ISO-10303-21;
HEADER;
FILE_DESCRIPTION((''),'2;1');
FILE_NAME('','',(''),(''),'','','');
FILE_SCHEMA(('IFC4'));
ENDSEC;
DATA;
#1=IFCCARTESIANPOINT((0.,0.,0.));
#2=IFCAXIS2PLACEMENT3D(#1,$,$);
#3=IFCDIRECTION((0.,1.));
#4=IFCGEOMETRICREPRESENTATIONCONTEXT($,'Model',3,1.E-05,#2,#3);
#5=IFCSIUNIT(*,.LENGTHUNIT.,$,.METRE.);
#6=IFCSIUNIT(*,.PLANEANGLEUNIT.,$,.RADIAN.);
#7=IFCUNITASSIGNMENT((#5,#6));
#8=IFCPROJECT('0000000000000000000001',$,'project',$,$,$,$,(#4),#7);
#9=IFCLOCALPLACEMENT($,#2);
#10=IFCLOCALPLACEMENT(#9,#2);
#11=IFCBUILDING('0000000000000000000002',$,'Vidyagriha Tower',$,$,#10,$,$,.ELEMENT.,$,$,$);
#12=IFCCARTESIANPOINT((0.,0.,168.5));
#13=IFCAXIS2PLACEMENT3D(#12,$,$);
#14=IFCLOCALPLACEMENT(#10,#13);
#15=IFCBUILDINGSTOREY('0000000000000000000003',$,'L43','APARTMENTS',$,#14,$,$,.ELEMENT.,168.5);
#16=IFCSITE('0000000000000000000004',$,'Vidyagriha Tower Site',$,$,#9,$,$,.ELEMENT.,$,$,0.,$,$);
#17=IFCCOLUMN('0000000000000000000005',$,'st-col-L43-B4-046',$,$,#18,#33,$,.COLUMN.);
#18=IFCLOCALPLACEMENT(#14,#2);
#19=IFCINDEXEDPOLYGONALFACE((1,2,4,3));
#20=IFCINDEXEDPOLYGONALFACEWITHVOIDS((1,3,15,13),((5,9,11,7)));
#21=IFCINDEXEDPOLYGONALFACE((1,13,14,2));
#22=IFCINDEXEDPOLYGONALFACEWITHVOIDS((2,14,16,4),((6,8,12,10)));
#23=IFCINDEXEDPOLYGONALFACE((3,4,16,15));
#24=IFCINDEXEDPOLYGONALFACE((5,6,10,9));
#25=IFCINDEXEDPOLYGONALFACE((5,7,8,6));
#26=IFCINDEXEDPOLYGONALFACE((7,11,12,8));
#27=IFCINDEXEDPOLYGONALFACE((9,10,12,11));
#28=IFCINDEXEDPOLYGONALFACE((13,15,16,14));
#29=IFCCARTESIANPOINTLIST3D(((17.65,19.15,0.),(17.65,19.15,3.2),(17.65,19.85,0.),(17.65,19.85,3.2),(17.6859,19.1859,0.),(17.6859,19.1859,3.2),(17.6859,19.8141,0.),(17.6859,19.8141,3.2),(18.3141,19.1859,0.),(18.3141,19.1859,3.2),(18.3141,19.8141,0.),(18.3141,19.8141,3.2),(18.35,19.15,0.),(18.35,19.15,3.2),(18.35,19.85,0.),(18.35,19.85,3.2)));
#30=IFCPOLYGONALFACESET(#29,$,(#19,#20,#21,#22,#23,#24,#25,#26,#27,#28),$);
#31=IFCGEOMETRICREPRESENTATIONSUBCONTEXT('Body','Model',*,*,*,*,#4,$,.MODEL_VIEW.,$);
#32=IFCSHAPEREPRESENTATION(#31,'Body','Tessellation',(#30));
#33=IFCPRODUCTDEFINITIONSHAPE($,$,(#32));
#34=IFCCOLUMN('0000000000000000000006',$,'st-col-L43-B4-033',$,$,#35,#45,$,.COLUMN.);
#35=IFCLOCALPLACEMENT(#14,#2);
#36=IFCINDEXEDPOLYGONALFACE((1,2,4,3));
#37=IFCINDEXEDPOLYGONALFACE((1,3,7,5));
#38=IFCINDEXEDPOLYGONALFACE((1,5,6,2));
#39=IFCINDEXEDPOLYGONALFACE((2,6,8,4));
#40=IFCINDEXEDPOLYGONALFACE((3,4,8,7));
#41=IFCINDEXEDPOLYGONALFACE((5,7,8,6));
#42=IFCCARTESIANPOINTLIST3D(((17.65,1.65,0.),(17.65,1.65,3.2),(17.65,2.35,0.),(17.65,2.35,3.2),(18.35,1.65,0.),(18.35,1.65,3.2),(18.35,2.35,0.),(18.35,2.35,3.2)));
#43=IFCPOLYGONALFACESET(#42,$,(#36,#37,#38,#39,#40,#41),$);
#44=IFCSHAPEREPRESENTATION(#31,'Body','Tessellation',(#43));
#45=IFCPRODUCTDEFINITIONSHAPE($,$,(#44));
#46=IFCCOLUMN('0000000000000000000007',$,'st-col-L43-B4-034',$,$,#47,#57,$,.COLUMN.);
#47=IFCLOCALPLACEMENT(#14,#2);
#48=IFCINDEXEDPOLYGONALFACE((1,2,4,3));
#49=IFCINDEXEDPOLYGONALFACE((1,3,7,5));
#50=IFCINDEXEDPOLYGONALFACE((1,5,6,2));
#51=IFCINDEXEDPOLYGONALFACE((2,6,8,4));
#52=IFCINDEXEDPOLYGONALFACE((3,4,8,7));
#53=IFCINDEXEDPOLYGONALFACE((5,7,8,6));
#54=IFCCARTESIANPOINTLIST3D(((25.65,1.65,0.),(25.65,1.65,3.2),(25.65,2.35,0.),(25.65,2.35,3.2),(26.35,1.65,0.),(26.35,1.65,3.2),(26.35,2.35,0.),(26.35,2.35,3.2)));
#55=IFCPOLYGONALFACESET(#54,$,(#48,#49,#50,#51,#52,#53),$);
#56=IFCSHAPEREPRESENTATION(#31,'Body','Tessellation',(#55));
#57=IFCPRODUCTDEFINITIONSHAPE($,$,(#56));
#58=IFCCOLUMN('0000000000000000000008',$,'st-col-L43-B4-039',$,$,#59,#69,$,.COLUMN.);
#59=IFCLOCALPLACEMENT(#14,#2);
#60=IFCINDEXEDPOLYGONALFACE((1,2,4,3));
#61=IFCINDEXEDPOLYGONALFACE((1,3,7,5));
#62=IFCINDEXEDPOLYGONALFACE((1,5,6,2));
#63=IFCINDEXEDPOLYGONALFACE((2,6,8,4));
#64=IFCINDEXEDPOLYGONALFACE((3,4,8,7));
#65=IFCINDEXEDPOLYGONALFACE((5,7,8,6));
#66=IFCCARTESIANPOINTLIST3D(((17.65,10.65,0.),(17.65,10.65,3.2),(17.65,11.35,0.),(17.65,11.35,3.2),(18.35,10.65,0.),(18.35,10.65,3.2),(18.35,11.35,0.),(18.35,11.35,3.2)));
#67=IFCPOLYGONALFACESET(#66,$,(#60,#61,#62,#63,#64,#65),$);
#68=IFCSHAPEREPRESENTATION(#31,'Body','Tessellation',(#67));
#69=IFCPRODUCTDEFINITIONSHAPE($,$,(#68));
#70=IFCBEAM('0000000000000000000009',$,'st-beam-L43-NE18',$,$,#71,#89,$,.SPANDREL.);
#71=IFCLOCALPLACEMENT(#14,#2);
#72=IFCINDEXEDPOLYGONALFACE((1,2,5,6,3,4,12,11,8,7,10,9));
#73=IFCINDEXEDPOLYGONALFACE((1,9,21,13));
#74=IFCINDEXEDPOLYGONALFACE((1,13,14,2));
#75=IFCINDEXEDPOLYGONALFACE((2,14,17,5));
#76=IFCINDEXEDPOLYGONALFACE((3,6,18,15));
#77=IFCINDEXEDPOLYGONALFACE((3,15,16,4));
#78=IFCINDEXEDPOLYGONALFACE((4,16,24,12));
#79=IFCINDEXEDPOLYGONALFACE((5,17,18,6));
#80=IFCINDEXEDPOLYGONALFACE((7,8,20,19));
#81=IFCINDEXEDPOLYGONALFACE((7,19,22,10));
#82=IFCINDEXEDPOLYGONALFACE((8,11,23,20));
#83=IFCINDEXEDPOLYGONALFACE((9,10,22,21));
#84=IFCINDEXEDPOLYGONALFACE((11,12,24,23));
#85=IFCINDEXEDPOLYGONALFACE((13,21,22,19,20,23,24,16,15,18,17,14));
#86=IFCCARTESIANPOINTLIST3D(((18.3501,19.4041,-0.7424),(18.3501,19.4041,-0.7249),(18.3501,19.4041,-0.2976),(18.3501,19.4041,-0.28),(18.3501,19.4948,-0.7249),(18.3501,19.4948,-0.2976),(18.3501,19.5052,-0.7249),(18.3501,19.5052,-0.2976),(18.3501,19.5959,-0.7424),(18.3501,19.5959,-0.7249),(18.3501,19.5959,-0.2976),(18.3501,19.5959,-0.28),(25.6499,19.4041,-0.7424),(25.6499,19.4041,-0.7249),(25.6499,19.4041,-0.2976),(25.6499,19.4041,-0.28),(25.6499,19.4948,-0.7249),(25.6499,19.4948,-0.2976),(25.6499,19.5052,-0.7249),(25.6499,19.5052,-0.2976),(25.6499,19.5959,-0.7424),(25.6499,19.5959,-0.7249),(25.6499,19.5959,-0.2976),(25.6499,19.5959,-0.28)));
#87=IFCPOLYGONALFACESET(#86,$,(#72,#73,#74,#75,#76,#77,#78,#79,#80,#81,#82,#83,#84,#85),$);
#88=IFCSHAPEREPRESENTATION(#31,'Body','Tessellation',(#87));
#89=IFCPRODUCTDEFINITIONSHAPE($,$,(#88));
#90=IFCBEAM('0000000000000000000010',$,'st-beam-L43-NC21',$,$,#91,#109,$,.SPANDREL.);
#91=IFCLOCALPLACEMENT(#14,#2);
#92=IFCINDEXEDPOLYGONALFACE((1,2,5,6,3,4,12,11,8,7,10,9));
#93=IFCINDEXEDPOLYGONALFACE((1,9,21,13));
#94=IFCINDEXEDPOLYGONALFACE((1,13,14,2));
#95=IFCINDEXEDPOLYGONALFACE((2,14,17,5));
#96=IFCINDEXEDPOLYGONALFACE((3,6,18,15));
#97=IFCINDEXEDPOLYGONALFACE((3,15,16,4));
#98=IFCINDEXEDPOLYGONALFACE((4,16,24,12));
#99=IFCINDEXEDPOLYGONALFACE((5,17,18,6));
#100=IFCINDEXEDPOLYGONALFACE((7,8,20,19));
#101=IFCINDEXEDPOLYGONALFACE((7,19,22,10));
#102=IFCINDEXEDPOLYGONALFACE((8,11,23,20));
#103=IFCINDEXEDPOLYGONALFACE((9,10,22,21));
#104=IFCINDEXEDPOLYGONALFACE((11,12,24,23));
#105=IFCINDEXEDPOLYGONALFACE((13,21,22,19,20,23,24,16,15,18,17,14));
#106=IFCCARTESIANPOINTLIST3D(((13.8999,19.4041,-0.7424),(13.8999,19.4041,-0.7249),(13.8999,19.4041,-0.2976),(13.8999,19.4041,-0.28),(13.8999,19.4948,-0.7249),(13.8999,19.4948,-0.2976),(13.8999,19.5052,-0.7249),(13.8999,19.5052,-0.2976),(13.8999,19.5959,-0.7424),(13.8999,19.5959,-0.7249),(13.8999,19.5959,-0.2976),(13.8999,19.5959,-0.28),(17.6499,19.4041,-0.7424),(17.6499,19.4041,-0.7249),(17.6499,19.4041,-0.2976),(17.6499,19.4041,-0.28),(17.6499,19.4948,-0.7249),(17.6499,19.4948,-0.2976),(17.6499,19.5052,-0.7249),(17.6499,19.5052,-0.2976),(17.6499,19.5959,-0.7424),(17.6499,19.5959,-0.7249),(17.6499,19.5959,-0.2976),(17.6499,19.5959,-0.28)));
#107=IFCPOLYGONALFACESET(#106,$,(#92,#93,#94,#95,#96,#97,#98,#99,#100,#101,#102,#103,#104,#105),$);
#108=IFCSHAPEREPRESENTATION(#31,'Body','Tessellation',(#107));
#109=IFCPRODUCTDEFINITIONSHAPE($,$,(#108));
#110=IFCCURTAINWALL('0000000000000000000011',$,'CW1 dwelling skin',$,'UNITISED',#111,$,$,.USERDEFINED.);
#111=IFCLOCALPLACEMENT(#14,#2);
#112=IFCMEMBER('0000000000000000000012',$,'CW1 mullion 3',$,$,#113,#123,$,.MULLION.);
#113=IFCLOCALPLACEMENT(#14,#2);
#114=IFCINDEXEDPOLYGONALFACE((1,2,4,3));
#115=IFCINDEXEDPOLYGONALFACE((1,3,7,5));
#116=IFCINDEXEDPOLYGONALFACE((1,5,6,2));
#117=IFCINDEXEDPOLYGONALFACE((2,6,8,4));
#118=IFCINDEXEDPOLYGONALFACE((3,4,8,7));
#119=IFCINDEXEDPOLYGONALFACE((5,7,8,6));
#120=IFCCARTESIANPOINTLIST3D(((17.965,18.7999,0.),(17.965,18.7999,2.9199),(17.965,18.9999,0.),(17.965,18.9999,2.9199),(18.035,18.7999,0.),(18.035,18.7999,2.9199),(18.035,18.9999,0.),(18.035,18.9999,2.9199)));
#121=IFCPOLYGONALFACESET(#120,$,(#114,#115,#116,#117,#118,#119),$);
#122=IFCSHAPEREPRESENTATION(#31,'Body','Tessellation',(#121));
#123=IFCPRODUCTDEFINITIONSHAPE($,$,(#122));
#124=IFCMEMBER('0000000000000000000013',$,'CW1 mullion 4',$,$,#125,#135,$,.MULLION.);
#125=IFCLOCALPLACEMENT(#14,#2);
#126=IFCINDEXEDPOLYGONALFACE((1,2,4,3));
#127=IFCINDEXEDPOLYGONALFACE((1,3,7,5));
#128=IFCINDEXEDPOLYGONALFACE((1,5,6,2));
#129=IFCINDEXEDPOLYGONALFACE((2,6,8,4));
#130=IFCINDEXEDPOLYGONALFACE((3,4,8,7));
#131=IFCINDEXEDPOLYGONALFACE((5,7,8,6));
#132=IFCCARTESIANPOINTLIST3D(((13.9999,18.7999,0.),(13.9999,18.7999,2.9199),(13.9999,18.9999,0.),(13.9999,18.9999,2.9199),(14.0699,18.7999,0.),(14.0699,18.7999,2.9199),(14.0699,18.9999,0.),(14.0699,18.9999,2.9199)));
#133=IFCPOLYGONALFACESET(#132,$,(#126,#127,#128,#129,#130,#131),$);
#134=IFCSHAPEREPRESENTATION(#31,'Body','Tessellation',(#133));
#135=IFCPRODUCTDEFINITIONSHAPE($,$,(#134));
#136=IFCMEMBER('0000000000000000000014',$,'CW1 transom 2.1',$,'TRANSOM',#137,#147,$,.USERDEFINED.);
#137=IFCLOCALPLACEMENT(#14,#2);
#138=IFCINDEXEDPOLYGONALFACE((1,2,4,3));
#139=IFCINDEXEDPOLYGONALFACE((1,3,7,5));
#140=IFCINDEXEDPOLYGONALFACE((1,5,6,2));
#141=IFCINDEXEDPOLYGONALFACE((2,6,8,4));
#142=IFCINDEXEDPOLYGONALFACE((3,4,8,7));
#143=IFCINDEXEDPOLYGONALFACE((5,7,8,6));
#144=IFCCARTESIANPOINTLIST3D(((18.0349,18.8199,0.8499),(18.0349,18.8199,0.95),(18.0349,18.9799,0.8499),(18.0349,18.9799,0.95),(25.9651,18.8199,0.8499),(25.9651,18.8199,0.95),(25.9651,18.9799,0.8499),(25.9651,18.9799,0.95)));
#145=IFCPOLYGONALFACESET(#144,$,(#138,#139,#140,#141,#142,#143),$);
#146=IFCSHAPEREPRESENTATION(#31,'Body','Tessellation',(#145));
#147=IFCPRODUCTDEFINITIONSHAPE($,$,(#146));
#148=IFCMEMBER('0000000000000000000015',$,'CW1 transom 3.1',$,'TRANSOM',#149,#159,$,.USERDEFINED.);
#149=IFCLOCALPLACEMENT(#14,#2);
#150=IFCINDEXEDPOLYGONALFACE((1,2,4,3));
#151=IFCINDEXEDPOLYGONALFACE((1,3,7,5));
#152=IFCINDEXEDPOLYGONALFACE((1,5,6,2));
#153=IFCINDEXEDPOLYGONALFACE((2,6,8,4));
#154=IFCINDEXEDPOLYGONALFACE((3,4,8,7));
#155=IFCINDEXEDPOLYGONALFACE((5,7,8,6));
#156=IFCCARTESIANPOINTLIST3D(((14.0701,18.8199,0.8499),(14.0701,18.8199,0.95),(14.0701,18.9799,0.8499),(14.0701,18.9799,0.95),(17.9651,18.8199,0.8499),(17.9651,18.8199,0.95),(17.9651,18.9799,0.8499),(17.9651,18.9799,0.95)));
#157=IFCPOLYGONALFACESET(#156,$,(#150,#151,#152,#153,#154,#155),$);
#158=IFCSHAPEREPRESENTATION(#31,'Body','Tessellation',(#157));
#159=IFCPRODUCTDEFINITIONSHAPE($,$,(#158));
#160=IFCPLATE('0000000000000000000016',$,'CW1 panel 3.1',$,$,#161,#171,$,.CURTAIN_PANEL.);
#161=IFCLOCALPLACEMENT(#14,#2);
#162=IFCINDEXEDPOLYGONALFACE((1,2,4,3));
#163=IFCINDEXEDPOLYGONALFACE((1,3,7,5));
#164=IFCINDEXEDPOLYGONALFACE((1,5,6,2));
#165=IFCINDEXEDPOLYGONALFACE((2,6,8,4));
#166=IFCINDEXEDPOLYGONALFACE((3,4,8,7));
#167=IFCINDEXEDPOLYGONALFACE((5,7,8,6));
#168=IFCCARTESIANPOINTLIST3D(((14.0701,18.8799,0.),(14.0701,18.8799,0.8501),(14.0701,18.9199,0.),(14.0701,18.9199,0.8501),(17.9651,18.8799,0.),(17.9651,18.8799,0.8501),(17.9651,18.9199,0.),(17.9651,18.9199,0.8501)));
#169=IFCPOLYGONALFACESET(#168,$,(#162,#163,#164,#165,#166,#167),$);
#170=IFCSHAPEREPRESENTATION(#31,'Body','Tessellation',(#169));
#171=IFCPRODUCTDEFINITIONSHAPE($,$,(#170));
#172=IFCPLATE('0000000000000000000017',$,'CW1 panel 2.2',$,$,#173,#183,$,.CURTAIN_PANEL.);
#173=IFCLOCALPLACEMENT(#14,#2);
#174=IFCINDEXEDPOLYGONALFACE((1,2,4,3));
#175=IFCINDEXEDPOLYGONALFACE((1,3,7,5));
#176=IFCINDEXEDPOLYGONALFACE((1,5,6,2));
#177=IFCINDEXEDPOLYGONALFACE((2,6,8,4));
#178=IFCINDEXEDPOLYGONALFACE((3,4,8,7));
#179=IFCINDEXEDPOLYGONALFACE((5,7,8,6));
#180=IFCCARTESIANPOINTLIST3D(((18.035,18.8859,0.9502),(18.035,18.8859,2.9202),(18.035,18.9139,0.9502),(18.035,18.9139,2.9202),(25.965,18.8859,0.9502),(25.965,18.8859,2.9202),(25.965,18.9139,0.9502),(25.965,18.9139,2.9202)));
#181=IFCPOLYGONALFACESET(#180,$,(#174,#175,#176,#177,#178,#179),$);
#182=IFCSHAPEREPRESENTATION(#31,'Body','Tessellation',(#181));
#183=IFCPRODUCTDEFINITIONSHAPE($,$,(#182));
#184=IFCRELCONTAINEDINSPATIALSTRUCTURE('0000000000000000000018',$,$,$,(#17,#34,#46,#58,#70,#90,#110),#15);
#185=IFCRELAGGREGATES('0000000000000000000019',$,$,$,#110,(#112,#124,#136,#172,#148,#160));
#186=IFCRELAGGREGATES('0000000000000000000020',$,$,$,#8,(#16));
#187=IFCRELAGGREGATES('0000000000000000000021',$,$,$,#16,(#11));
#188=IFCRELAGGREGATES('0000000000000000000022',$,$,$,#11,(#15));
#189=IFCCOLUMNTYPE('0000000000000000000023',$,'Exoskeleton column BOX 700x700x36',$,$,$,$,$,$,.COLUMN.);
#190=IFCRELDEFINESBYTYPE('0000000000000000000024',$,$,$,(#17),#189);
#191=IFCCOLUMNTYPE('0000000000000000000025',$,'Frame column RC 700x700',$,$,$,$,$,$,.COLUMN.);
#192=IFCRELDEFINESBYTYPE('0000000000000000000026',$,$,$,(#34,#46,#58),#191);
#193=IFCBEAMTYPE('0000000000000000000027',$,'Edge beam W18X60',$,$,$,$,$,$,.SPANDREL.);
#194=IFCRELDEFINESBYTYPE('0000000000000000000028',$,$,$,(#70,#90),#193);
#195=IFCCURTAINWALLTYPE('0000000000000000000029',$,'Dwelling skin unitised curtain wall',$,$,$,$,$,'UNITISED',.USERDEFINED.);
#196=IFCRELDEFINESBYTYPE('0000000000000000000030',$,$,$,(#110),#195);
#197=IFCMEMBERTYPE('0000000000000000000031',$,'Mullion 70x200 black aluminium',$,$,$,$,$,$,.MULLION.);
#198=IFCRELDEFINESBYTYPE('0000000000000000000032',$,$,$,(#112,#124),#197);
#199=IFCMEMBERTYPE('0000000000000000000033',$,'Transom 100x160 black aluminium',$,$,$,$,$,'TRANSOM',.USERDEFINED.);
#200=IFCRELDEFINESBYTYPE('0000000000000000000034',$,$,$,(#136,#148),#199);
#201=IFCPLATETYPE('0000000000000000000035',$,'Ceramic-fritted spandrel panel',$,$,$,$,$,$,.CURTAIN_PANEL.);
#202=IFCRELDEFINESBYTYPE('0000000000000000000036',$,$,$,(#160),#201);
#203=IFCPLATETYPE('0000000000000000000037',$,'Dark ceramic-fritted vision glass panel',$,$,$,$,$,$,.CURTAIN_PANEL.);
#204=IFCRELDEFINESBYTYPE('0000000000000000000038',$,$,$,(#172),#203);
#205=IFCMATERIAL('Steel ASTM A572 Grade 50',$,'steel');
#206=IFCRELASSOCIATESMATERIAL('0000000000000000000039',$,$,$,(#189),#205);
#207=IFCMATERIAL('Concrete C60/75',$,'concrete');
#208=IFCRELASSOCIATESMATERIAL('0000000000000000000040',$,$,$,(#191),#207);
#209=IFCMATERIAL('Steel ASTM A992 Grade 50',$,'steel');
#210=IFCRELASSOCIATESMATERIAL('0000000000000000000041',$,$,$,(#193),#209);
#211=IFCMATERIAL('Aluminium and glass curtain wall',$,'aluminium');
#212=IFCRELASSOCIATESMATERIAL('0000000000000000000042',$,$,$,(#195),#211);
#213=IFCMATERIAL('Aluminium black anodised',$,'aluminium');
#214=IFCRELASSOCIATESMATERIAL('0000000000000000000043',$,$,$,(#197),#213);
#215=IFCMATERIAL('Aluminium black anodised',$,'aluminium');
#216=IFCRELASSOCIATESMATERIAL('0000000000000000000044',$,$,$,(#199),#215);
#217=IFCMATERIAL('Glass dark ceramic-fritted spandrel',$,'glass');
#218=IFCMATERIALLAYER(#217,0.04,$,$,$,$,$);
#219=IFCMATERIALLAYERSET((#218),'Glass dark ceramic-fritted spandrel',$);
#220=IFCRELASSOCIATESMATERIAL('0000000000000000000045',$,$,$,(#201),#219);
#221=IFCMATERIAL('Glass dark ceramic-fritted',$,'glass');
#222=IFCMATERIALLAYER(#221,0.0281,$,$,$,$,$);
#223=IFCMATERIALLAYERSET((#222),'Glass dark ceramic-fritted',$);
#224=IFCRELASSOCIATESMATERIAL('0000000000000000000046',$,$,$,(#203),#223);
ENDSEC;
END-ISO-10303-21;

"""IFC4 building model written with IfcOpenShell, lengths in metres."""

from ifc_helpers import new_model, si_unit, direction, frame, origin, origin_2d, place, context, subcontext, project, spatial, rectangle, hollow_rectangle, i_section, extrude, material, layer, layer_set, material_profile, profile_set, type_object, element, aggregate, save


model = new_model("IFC4")

# Units and contexts
model_context = context("Model", 3, precision=1e-05, world=origin(), true_north=direction((0.0, 1.0)))
body_context = subcontext(model_context, "Body", "Model", "MODEL_VIEW")
ifc_project = project(units=[si_unit("LENGTHUNIT", "METRE"), si_unit("PLANEANGLEUNIT", "RADIAN")], contexts=[model_context])

# Site, building, storey
site_placement = place(None, origin())
site = spatial("IfcSite", under=ifc_project, at=site_placement, Name="Vidyagriha Tower Site", CompositionType="ELEMENT", RefElevation=0.0)
building_placement = place(site_placement, origin())
building = spatial("IfcBuilding", under=site, at=building_placement, Name="Vidyagriha Tower", CompositionType="ELEMENT")
storey_placement = place(building_placement, frame((0.0, 0.0, 168.5)))
storey = spatial("IfcBuildingStorey", under=building, at=storey_placement, Name="L43", Description="APARTMENTS", CompositionType="ELEMENT", Elevation=168.5)

# Columns
ifc_material_1 = material(Name="Steel ASTM A572 Grade 50", Category="steel")
ifc_material_profile_1 = material_profile(ifc_material_1, hollow_rectangle(XDim=0.7, YDim=0.7, WallThickness=0.0359, at=origin_2d()), Name="BOX 700x700x36")
ifc_profile_set_1 = profile_set([ifc_material_profile_1], Name="Steel ASTM A572 Grade 50")
column_type_1 = type_object("IfcColumnType", Name="Exoskeleton column BOX 700x700x36", PredefinedType="COLUMN", material=ifc_profile_set_1)
column_placement = place(storey_placement, frame((18.0, 19.5, 0.0)))
element("IfcColumn", 1, at=column_placement, inside=storey, type_object=column_type_1, Name="st-col-L43-B4-046", PredefinedType="COLUMN", context=body_context, shape_type="SweptSolid", body=[
    extrude(hollow_rectangle(XDim=0.7, YDim=0.7, WallThickness=0.0359, at=origin_2d()), origin(), (0.0, 0.0, 1.0), 3.2),
])
ifc_material_2 = material(Name="Concrete C60/75", Category="concrete")
ifc_material_profile_2 = material_profile(ifc_material_2, rectangle(XDim=0.7, YDim=0.7, at=origin_2d()), Name="RC 700x700")
ifc_profile_set_2 = profile_set([ifc_material_profile_2], Name="Concrete C60/75")
column_type_2 = type_object("IfcColumnType", Name="Frame column RC 700x700", PredefinedType="COLUMN", material=ifc_profile_set_2)
for number, where, name in (
    (2, (18.0, 2.0, 0.0), "st-col-L43-B4-033"),
    (3, (26.0, 2.0, 0.0), "st-col-L43-B4-034"),
    (4, (18.0, 11.0, 0.0), "st-col-L43-B4-039"),
):
    element("IfcColumn", number, at=place(storey_placement, frame(where)), inside=storey, type_object=column_type_2, Name=name, PredefinedType="COLUMN", context=body_context, shape_type="SweptSolid", body=[
        extrude(rectangle(XDim=0.7, YDim=0.7, at=origin_2d()), origin(), (0.0, 0.0, 1.0), 3.2),
    ])

# Beams
ifc_material_3 = material(Name="Steel ASTM A992 Grade 50", Category="steel")
ifc_material_profile_3 = material_profile(ifc_material_3, i_section(OverallWidth=0.1919, OverallDepth=0.4624, WebThickness=0.0105, FlangeThickness=0.0176, at=origin_2d()), Name="W18X60")
ifc_profile_set_3 = profile_set([ifc_material_profile_3], Name="Steel ASTM A992 Grade 50")
beam_type = type_object("IfcBeamType", Name="Edge beam W18X60", PredefinedType="SPANDREL", material=ifc_profile_set_3)
beam_1_placement = place(storey_placement, frame((18.3501, 19.5, -0.5112), z_axis=(1.0, 0.0, 0.0), x_axis=(0.0, 1.0, 0.0)))
element("IfcBeam", 5, at=beam_1_placement, inside=storey, type_object=beam_type, Name="st-beam-L43-NE18", PredefinedType="SPANDREL", context=body_context, shape_type="SweptSolid", body=[
    extrude(i_section(OverallWidth=0.1919, OverallDepth=0.4624, WebThickness=0.0105, FlangeThickness=0.0176, at=origin_2d()), origin(), (0.0, 0.0, 1.0), 7.2998),
])
beam_2_placement = place(storey_placement, frame((13.8999, 19.5, -0.5112), z_axis=(1.0, 0.0, 0.0), x_axis=(0.0, 1.0, 0.0)))
element("IfcBeam", 6, at=beam_2_placement, inside=storey, type_object=beam_type, Name="st-beam-L43-NC21", PredefinedType="SPANDREL", context=body_context, shape_type="SweptSolid", body=[
    extrude(i_section(OverallWidth=0.1919, OverallDepth=0.4624, WebThickness=0.0105, FlangeThickness=0.0176, at=origin_2d()), origin(), (0.0, 0.0, 1.0), 3.75),
])

# Curtain wall, members, plates
ifc_material_4 = material(Name="Aluminium and glass curtain wall", Category="aluminium")
curtain_wall_type = type_object("IfcCurtainWallType", Name="Dwelling skin unitised curtain wall", ElementType="UNITISED", PredefinedType="USERDEFINED", material=ifc_material_4)
curtain_wall_placement = place(storey_placement, origin())
curtain_wall = element("IfcCurtainWall", 7, at=curtain_wall_placement, inside=storey, type_object=curtain_wall_type, Name="CW1 dwelling skin", ObjectType="UNITISED", PredefinedType="USERDEFINED")
ifc_material_5 = material(Name="Aluminium black anodised", Category="aluminium")
ifc_material_profile_4 = material_profile(ifc_material_5, rectangle(XDim=0.2, YDim=0.0701, at=origin_2d()), Name="Mullion 70x200 black aluminium")
ifc_profile_set_4 = profile_set([ifc_material_profile_4], Name="Aluminium black anodised")
member_type_1 = type_object("IfcMemberType", Name="Mullion 70x200 black aluminium", PredefinedType="MULLION", material=ifc_profile_set_4)
member_1_placement = place(storey_placement, frame((18.0, 18.8999, 0.0), z_axis=(0.0, 0.0, 1.0), x_axis=(0.0, -1.0, 0.0)))
member_1 = element("IfcMember", 8, at=member_1_placement, type_object=member_type_1, Name="CW1 mullion 3", PredefinedType="MULLION", context=body_context, shape_type="SweptSolid", body=[
    extrude(rectangle(XDim=0.2, YDim=0.0701, at=origin_2d()), origin(), (0.0, 0.0, 1.0), 2.9199),
])
member_2_placement = place(storey_placement, frame((14.0349, 18.8999, 0.0), z_axis=(0.0, 0.0, 1.0), x_axis=(0.0, -1.0, 0.0)))
member_2 = element("IfcMember", 9, at=member_2_placement, type_object=member_type_1, Name="CW1 mullion 4", PredefinedType="MULLION", context=body_context, shape_type="SweptSolid", body=[
    extrude(rectangle(XDim=0.2, YDim=0.0701, at=origin_2d()), origin(), (0.0, 0.0, 1.0), 2.9199),
])
ifc_material_6 = material(Name="Aluminium black anodised", Category="aluminium")
ifc_material_profile_5 = material_profile(ifc_material_6, rectangle(XDim=0.1599, YDim=0.1001, at=origin_2d()), Name="Transom 100x160 black aluminium")
ifc_profile_set_5 = profile_set([ifc_material_profile_5], Name="Aluminium black anodised")
member_type_2 = type_object("IfcMemberType", Name="Transom 100x160 black aluminium", ElementType="TRANSOM", PredefinedType="USERDEFINED", material=ifc_profile_set_5)
member_3_placement = place(storey_placement, frame((25.9651, 18.8999, 0.8999), z_axis=(-1.0, 0.0, 0.0), x_axis=(0.0, -1.0, 0.0)))
member_3 = element("IfcMember", 10, at=member_3_placement, type_object=member_type_2, Name="CW1 transom 2.1", ObjectType="TRANSOM", PredefinedType="USERDEFINED", context=body_context, shape_type="SweptSolid", body=[
    extrude(rectangle(XDim=0.1599, YDim=0.1001, at=origin_2d()), origin(), (0.0, 0.0, 1.0), 7.9302),
])
member_4_placement = place(storey_placement, frame((17.9651, 18.8999, 0.8999), z_axis=(-1.0, 0.0, 0.0), x_axis=(0.0, -1.0, 0.0)))
member_4 = element("IfcMember", 11, at=member_4_placement, type_object=member_type_2, Name="CW1 transom 3.1", ObjectType="TRANSOM", PredefinedType="USERDEFINED", context=body_context, shape_type="SweptSolid", body=[
    extrude(rectangle(XDim=0.1599, YDim=0.1001, at=origin_2d()), origin(), (0.0, 0.0, 1.0), 3.895),
])
ifc_material_7 = material(Name="Glass dark ceramic-fritted spandrel", Category="glass")
ifc_layer_1 = layer(ifc_material_7, 0.04)
ifc_layer_set_1 = layer_set([ifc_layer_1], Name="Glass dark ceramic-fritted spandrel")
plate_type_1 = type_object("IfcPlateType", Name="Ceramic-fritted spandrel panel", PredefinedType="CURTAIN_PANEL", material=ifc_layer_set_1)
plate_1_placement = place(storey_placement, frame((16.0176, 18.8999, 0.0), z_axis=(0.0, 0.0, 1.0), x_axis=(-1.0, 0.0, 0.0)))
plate_1 = element("IfcPlate", 12, at=plate_1_placement, type_object=plate_type_1, Name="CW1 panel 3.1", PredefinedType="CURTAIN_PANEL", context=body_context, shape_type="SweptSolid", body=[
    extrude(rectangle(XDim=3.895, YDim=0.04, at=origin_2d()), origin(), (0.0, 0.0, 1.0), 0.8501),
])
ifc_material_8 = material(Name="Glass dark ceramic-fritted", Category="glass")
ifc_layer_2 = layer(ifc_material_8, 0.0281)
ifc_layer_set_2 = layer_set([ifc_layer_2], Name="Glass dark ceramic-fritted")
plate_type_2 = type_object("IfcPlateType", Name="Dark ceramic-fritted vision glass panel", PredefinedType="CURTAIN_PANEL", material=ifc_layer_set_2)
plate_2_placement = place(storey_placement, frame((22.0, 18.8999, 0.9502), z_axis=(0.0, 0.0, 1.0), x_axis=(-1.0, 0.0, 0.0)))
plate_2 = element("IfcPlate", 13, at=plate_2_placement, type_object=plate_type_2, Name="CW1 panel 2.2", PredefinedType="CURTAIN_PANEL", context=body_context, shape_type="SweptSolid", body=[
    extrude(rectangle(XDim=7.9299, YDim=0.0281, at=origin_2d()), origin(), (0.0, 0.0, 1.0), 1.97),
])
aggregate(curtain_wall, [member_1, member_2, member_3, plate_2, member_4, plate_1])

save(model, "model.ifc")
